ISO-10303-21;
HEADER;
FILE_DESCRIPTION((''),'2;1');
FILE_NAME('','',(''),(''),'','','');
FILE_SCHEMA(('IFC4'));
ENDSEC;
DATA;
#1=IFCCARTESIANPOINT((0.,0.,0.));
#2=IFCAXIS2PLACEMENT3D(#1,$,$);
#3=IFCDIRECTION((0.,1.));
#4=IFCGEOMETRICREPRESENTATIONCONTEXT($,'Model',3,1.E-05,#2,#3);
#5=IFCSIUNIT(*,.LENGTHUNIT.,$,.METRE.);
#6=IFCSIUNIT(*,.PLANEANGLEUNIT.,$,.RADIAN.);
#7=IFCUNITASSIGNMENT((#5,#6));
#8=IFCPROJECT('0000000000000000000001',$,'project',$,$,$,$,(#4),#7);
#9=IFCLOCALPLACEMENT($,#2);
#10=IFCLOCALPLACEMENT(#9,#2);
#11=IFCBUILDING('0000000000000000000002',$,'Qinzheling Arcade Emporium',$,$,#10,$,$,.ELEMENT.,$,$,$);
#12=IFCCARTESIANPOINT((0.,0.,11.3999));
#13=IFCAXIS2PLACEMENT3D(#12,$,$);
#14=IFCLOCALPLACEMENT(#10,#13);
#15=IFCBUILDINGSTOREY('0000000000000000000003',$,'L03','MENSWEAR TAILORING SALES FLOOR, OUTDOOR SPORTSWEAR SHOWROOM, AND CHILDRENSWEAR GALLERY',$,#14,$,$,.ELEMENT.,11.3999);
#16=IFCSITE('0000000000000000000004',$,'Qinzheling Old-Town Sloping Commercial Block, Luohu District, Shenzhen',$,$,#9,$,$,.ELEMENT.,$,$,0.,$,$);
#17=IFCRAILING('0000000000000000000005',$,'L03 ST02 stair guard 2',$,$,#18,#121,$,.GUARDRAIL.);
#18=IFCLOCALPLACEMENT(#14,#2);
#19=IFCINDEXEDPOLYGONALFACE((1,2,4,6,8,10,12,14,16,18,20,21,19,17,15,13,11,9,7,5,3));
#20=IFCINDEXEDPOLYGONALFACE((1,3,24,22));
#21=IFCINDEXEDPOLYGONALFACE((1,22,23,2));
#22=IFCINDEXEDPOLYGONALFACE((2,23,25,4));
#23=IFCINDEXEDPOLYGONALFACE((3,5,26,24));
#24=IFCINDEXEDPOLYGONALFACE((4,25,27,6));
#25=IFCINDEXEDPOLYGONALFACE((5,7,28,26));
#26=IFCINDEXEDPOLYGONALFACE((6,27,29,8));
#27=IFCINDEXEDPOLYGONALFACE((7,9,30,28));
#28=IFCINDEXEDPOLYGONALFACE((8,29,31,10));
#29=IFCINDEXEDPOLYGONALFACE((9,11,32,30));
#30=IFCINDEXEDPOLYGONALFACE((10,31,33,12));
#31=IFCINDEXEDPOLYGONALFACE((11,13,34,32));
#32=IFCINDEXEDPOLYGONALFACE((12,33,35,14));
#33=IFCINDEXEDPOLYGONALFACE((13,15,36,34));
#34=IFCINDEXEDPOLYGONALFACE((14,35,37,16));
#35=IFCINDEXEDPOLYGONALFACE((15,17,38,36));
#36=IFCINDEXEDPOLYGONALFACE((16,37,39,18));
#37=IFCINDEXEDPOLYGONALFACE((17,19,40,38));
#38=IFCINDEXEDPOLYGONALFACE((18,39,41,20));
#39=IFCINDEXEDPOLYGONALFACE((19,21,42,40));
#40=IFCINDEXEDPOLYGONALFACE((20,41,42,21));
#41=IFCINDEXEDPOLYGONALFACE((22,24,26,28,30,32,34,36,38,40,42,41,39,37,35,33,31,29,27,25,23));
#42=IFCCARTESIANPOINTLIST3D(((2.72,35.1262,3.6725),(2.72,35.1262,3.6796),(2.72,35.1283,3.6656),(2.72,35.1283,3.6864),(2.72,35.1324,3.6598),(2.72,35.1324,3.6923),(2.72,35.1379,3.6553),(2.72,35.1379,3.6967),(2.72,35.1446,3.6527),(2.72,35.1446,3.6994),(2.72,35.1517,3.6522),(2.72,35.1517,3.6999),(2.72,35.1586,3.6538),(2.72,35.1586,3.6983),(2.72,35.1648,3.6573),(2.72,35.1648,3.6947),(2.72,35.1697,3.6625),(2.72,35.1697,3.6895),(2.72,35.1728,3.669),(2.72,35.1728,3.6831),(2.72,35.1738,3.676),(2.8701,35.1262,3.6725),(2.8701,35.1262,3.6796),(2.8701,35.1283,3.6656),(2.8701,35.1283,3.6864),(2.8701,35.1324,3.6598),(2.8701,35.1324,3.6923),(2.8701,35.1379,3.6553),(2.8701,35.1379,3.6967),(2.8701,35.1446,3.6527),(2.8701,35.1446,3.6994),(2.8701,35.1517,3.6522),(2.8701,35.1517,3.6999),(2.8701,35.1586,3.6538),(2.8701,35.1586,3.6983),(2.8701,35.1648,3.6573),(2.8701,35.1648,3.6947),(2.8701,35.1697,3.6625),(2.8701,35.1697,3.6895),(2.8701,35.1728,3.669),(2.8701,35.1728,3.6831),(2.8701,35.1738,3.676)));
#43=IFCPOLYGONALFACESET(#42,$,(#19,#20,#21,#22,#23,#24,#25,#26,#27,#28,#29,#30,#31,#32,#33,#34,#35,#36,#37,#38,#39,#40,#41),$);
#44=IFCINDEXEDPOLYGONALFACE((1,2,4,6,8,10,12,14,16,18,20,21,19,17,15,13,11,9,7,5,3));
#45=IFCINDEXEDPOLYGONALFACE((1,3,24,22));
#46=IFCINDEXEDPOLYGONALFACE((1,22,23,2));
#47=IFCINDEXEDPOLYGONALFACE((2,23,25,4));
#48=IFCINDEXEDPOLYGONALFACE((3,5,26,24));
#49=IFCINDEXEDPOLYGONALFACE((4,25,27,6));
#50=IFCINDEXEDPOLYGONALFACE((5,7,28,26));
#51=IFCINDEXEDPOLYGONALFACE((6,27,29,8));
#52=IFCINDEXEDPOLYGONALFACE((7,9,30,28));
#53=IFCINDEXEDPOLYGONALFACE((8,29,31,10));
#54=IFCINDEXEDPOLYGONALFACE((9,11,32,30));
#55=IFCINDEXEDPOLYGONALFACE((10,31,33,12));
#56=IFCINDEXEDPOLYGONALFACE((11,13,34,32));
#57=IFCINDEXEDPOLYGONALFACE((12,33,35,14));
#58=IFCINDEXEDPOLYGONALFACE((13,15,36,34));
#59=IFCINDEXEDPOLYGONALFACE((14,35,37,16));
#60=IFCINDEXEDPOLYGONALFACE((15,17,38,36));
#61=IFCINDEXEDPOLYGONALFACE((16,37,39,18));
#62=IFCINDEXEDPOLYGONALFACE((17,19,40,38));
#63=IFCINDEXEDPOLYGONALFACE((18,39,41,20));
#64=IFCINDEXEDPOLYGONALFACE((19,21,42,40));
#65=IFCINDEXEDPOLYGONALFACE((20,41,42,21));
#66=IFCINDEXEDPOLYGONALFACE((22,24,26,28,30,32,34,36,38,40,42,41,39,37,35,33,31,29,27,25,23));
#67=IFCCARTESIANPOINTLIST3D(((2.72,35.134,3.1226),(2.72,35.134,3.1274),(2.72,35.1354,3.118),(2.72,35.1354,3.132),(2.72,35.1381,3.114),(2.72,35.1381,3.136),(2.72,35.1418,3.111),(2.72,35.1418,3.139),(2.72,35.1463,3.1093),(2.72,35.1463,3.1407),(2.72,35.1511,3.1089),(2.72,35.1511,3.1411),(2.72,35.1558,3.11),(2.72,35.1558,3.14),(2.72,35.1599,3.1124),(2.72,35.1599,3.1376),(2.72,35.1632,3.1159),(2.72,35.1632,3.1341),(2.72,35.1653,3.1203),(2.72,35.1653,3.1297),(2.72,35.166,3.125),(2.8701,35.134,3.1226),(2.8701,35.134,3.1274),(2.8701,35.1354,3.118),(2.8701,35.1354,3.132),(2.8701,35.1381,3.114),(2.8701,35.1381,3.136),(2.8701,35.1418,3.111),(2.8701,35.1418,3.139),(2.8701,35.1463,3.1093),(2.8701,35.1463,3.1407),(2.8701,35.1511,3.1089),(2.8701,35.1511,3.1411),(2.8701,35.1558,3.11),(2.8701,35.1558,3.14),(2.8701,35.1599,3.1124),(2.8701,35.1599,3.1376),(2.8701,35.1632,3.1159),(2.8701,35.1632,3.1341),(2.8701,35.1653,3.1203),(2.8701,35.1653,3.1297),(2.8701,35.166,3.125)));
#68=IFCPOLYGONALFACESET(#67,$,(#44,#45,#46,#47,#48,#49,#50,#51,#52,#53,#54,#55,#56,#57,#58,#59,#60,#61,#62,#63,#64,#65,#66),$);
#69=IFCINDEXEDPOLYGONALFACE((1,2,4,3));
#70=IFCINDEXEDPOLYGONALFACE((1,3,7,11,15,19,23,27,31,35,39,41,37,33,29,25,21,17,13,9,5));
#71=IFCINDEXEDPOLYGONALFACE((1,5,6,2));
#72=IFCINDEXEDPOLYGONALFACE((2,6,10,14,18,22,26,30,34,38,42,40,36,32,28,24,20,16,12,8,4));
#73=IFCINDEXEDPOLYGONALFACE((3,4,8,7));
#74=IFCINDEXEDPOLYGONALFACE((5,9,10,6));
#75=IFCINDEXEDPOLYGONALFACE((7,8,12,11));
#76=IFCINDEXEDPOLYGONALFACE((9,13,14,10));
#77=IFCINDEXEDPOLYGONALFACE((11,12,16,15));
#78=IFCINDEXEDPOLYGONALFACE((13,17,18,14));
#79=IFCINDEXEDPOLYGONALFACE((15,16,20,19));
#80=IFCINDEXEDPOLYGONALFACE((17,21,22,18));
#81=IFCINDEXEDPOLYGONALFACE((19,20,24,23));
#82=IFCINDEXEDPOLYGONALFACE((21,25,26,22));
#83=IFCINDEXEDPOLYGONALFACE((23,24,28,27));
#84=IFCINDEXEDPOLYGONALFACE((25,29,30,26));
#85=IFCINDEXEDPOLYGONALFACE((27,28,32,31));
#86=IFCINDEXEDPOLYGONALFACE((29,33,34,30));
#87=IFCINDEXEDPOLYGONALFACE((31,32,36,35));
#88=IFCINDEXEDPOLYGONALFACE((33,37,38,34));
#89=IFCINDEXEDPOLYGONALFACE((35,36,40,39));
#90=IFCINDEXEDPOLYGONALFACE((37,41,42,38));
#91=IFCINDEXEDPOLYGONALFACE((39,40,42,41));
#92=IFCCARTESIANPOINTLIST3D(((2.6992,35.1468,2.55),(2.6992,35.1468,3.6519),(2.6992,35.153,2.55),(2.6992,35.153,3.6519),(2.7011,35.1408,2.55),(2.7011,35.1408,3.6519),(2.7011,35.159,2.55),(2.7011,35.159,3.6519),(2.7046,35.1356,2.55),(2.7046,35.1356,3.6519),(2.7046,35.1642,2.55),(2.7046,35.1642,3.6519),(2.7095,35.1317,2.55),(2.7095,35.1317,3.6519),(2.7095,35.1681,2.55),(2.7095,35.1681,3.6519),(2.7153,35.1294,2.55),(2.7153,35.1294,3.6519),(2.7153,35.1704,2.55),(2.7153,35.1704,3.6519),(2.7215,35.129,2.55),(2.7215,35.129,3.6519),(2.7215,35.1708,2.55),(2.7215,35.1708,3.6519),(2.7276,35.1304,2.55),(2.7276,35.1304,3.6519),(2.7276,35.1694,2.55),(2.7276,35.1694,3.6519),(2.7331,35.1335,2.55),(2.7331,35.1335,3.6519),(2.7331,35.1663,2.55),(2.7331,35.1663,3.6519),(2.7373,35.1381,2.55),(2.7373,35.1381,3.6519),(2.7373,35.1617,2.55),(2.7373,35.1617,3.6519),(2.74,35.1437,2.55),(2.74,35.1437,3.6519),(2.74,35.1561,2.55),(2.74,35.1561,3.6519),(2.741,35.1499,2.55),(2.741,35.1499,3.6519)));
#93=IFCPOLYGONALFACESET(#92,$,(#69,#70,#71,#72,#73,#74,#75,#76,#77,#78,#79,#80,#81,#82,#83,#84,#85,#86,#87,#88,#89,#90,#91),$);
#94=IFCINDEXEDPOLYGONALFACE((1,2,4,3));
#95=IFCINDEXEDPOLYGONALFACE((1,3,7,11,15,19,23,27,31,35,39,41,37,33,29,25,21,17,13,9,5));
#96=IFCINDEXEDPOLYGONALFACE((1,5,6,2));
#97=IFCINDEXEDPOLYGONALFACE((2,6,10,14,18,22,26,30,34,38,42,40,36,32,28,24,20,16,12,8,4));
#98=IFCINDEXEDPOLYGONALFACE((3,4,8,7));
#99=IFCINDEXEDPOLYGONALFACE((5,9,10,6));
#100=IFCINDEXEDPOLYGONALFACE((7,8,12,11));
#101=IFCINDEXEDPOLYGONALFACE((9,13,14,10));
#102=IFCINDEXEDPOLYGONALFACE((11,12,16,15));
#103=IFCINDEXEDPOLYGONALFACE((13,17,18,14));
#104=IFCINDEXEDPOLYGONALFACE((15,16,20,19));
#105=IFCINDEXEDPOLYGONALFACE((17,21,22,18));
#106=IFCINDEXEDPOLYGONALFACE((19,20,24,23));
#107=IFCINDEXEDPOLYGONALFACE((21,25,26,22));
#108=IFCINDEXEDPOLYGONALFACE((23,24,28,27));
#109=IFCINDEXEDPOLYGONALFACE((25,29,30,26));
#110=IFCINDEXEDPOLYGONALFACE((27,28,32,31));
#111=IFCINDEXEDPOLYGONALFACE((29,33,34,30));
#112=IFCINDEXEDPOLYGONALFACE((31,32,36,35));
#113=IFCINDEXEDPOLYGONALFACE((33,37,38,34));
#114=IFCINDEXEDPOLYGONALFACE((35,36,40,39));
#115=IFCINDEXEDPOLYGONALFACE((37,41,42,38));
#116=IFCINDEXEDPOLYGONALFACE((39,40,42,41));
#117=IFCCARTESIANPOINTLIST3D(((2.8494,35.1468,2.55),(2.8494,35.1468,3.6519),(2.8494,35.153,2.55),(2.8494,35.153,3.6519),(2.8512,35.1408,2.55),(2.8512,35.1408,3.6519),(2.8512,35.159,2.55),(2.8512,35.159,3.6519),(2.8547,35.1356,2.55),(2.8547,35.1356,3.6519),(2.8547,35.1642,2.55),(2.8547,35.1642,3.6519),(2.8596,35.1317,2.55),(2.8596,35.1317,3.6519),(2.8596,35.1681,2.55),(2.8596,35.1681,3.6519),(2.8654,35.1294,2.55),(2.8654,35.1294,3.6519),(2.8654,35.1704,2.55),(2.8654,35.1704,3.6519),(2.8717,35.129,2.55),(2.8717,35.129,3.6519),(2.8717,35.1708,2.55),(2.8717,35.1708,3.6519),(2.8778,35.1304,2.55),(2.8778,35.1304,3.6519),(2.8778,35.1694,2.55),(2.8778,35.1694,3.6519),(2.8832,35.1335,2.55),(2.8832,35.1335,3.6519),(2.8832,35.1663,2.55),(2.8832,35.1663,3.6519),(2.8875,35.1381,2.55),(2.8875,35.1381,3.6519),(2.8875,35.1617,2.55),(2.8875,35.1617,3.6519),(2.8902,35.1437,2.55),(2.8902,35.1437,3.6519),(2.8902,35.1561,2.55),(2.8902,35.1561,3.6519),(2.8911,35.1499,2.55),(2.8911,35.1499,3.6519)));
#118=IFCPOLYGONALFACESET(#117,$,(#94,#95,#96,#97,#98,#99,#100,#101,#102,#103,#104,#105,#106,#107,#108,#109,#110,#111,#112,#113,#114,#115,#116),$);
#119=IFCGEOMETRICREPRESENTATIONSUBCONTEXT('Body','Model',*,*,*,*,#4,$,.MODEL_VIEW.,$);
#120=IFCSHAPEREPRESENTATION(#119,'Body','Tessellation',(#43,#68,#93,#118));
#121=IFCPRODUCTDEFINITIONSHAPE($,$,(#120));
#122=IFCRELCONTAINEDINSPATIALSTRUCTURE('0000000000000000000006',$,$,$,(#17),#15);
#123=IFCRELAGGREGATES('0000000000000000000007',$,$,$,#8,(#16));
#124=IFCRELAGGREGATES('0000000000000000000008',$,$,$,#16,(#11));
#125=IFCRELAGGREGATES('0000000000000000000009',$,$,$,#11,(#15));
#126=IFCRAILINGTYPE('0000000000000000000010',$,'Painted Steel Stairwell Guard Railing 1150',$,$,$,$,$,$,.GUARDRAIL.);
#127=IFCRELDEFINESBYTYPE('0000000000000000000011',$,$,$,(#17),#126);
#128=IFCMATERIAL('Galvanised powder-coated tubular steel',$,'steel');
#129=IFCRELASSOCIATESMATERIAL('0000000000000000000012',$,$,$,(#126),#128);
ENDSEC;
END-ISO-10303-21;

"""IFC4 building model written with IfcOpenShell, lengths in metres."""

from ifc_helpers import new_model, si_unit, direction, frame, origin, origin_2d, place, context, subcontext, project, spatial, circle, extrude, material, type_object, element, save


model = new_model("IFC4")

# Units and contexts
model_context = context("Model", 3, precision=1e-05, world=origin(), true_north=direction((0.0, 1.0)))
body_context = subcontext(model_context, "Body", "Model", "MODEL_VIEW")
ifc_project = project(units=[si_unit("LENGTHUNIT", "METRE"), si_unit("PLANEANGLEUNIT", "RADIAN")], contexts=[model_context])

# Site, building, storey
site_placement = place(None, origin())
site = spatial("IfcSite", under=ifc_project, at=site_placement, Name="Qinzheling Old-Town Sloping Commercial Block, Luohu District, Shenzhen", CompositionType="ELEMENT", RefElevation=0.0)
building_placement = place(site_placement, origin())
building = spatial("IfcBuilding", under=site, at=building_placement, Name="Qinzheling Arcade Emporium", CompositionType="ELEMENT")
storey_placement = place(building_placement, frame((0.0, 0.0, 11.3999)))
storey = spatial("IfcBuildingStorey", under=building, at=storey_placement, Name="L03", Description="MENSWEAR TAILORING SALES FLOOR, OUTDOOR SPORTSWEAR SHOWROOM, AND CHILDRENSWEAR GALLERY", CompositionType="ELEMENT", Elevation=11.3999)

# Railing
ifc_material_1 = material(Name="Galvanised powder-coated tubular steel", Category="steel")
railing_type_1 = type_object("IfcRailingType", Name="Painted Steel Stairwell Guard Railing 1150", PredefinedType="GUARDRAIL", material=ifc_material_1)
railing_1_placement = place(storey_placement, frame((2.72, 35.1499, 2.55)))
element("IfcRailing", 1, at=railing_1_placement, inside=storey, type_object=railing_type_1, Name="L03 ST02 stair guard 2", PredefinedType="GUARDRAIL", context=body_context, shape_type="SweptSolid", body=[
    extrude(circle(Radius=0.0239, at=origin_2d()), frame((0.0, 0.0, 1.126), z_axis=(1.0, 0.0, 0.0), x_axis=(0.0, 1.0, 0.0)), (0.0, 0.0, 1.0), 0.1501),
    extrude(circle(Radius=0.0161, at=origin_2d()), frame((0.0, 0.0, 0.575), z_axis=(1.0, 0.0, 0.0), x_axis=(0.0, 1.0, 0.0)), (0.0, 0.0, 1.0), 0.1501),
    extrude(circle(Radius=0.021, at=origin_2d()), origin(), (0.0, 0.0, 1.0), 1.1018),
    extrude(circle(Radius=0.021, at=origin_2d()), frame((0.1501, 0.0, 0.0)), (0.0, 0.0, 1.0), 1.1018),
])

save(model, "model.ifc")
